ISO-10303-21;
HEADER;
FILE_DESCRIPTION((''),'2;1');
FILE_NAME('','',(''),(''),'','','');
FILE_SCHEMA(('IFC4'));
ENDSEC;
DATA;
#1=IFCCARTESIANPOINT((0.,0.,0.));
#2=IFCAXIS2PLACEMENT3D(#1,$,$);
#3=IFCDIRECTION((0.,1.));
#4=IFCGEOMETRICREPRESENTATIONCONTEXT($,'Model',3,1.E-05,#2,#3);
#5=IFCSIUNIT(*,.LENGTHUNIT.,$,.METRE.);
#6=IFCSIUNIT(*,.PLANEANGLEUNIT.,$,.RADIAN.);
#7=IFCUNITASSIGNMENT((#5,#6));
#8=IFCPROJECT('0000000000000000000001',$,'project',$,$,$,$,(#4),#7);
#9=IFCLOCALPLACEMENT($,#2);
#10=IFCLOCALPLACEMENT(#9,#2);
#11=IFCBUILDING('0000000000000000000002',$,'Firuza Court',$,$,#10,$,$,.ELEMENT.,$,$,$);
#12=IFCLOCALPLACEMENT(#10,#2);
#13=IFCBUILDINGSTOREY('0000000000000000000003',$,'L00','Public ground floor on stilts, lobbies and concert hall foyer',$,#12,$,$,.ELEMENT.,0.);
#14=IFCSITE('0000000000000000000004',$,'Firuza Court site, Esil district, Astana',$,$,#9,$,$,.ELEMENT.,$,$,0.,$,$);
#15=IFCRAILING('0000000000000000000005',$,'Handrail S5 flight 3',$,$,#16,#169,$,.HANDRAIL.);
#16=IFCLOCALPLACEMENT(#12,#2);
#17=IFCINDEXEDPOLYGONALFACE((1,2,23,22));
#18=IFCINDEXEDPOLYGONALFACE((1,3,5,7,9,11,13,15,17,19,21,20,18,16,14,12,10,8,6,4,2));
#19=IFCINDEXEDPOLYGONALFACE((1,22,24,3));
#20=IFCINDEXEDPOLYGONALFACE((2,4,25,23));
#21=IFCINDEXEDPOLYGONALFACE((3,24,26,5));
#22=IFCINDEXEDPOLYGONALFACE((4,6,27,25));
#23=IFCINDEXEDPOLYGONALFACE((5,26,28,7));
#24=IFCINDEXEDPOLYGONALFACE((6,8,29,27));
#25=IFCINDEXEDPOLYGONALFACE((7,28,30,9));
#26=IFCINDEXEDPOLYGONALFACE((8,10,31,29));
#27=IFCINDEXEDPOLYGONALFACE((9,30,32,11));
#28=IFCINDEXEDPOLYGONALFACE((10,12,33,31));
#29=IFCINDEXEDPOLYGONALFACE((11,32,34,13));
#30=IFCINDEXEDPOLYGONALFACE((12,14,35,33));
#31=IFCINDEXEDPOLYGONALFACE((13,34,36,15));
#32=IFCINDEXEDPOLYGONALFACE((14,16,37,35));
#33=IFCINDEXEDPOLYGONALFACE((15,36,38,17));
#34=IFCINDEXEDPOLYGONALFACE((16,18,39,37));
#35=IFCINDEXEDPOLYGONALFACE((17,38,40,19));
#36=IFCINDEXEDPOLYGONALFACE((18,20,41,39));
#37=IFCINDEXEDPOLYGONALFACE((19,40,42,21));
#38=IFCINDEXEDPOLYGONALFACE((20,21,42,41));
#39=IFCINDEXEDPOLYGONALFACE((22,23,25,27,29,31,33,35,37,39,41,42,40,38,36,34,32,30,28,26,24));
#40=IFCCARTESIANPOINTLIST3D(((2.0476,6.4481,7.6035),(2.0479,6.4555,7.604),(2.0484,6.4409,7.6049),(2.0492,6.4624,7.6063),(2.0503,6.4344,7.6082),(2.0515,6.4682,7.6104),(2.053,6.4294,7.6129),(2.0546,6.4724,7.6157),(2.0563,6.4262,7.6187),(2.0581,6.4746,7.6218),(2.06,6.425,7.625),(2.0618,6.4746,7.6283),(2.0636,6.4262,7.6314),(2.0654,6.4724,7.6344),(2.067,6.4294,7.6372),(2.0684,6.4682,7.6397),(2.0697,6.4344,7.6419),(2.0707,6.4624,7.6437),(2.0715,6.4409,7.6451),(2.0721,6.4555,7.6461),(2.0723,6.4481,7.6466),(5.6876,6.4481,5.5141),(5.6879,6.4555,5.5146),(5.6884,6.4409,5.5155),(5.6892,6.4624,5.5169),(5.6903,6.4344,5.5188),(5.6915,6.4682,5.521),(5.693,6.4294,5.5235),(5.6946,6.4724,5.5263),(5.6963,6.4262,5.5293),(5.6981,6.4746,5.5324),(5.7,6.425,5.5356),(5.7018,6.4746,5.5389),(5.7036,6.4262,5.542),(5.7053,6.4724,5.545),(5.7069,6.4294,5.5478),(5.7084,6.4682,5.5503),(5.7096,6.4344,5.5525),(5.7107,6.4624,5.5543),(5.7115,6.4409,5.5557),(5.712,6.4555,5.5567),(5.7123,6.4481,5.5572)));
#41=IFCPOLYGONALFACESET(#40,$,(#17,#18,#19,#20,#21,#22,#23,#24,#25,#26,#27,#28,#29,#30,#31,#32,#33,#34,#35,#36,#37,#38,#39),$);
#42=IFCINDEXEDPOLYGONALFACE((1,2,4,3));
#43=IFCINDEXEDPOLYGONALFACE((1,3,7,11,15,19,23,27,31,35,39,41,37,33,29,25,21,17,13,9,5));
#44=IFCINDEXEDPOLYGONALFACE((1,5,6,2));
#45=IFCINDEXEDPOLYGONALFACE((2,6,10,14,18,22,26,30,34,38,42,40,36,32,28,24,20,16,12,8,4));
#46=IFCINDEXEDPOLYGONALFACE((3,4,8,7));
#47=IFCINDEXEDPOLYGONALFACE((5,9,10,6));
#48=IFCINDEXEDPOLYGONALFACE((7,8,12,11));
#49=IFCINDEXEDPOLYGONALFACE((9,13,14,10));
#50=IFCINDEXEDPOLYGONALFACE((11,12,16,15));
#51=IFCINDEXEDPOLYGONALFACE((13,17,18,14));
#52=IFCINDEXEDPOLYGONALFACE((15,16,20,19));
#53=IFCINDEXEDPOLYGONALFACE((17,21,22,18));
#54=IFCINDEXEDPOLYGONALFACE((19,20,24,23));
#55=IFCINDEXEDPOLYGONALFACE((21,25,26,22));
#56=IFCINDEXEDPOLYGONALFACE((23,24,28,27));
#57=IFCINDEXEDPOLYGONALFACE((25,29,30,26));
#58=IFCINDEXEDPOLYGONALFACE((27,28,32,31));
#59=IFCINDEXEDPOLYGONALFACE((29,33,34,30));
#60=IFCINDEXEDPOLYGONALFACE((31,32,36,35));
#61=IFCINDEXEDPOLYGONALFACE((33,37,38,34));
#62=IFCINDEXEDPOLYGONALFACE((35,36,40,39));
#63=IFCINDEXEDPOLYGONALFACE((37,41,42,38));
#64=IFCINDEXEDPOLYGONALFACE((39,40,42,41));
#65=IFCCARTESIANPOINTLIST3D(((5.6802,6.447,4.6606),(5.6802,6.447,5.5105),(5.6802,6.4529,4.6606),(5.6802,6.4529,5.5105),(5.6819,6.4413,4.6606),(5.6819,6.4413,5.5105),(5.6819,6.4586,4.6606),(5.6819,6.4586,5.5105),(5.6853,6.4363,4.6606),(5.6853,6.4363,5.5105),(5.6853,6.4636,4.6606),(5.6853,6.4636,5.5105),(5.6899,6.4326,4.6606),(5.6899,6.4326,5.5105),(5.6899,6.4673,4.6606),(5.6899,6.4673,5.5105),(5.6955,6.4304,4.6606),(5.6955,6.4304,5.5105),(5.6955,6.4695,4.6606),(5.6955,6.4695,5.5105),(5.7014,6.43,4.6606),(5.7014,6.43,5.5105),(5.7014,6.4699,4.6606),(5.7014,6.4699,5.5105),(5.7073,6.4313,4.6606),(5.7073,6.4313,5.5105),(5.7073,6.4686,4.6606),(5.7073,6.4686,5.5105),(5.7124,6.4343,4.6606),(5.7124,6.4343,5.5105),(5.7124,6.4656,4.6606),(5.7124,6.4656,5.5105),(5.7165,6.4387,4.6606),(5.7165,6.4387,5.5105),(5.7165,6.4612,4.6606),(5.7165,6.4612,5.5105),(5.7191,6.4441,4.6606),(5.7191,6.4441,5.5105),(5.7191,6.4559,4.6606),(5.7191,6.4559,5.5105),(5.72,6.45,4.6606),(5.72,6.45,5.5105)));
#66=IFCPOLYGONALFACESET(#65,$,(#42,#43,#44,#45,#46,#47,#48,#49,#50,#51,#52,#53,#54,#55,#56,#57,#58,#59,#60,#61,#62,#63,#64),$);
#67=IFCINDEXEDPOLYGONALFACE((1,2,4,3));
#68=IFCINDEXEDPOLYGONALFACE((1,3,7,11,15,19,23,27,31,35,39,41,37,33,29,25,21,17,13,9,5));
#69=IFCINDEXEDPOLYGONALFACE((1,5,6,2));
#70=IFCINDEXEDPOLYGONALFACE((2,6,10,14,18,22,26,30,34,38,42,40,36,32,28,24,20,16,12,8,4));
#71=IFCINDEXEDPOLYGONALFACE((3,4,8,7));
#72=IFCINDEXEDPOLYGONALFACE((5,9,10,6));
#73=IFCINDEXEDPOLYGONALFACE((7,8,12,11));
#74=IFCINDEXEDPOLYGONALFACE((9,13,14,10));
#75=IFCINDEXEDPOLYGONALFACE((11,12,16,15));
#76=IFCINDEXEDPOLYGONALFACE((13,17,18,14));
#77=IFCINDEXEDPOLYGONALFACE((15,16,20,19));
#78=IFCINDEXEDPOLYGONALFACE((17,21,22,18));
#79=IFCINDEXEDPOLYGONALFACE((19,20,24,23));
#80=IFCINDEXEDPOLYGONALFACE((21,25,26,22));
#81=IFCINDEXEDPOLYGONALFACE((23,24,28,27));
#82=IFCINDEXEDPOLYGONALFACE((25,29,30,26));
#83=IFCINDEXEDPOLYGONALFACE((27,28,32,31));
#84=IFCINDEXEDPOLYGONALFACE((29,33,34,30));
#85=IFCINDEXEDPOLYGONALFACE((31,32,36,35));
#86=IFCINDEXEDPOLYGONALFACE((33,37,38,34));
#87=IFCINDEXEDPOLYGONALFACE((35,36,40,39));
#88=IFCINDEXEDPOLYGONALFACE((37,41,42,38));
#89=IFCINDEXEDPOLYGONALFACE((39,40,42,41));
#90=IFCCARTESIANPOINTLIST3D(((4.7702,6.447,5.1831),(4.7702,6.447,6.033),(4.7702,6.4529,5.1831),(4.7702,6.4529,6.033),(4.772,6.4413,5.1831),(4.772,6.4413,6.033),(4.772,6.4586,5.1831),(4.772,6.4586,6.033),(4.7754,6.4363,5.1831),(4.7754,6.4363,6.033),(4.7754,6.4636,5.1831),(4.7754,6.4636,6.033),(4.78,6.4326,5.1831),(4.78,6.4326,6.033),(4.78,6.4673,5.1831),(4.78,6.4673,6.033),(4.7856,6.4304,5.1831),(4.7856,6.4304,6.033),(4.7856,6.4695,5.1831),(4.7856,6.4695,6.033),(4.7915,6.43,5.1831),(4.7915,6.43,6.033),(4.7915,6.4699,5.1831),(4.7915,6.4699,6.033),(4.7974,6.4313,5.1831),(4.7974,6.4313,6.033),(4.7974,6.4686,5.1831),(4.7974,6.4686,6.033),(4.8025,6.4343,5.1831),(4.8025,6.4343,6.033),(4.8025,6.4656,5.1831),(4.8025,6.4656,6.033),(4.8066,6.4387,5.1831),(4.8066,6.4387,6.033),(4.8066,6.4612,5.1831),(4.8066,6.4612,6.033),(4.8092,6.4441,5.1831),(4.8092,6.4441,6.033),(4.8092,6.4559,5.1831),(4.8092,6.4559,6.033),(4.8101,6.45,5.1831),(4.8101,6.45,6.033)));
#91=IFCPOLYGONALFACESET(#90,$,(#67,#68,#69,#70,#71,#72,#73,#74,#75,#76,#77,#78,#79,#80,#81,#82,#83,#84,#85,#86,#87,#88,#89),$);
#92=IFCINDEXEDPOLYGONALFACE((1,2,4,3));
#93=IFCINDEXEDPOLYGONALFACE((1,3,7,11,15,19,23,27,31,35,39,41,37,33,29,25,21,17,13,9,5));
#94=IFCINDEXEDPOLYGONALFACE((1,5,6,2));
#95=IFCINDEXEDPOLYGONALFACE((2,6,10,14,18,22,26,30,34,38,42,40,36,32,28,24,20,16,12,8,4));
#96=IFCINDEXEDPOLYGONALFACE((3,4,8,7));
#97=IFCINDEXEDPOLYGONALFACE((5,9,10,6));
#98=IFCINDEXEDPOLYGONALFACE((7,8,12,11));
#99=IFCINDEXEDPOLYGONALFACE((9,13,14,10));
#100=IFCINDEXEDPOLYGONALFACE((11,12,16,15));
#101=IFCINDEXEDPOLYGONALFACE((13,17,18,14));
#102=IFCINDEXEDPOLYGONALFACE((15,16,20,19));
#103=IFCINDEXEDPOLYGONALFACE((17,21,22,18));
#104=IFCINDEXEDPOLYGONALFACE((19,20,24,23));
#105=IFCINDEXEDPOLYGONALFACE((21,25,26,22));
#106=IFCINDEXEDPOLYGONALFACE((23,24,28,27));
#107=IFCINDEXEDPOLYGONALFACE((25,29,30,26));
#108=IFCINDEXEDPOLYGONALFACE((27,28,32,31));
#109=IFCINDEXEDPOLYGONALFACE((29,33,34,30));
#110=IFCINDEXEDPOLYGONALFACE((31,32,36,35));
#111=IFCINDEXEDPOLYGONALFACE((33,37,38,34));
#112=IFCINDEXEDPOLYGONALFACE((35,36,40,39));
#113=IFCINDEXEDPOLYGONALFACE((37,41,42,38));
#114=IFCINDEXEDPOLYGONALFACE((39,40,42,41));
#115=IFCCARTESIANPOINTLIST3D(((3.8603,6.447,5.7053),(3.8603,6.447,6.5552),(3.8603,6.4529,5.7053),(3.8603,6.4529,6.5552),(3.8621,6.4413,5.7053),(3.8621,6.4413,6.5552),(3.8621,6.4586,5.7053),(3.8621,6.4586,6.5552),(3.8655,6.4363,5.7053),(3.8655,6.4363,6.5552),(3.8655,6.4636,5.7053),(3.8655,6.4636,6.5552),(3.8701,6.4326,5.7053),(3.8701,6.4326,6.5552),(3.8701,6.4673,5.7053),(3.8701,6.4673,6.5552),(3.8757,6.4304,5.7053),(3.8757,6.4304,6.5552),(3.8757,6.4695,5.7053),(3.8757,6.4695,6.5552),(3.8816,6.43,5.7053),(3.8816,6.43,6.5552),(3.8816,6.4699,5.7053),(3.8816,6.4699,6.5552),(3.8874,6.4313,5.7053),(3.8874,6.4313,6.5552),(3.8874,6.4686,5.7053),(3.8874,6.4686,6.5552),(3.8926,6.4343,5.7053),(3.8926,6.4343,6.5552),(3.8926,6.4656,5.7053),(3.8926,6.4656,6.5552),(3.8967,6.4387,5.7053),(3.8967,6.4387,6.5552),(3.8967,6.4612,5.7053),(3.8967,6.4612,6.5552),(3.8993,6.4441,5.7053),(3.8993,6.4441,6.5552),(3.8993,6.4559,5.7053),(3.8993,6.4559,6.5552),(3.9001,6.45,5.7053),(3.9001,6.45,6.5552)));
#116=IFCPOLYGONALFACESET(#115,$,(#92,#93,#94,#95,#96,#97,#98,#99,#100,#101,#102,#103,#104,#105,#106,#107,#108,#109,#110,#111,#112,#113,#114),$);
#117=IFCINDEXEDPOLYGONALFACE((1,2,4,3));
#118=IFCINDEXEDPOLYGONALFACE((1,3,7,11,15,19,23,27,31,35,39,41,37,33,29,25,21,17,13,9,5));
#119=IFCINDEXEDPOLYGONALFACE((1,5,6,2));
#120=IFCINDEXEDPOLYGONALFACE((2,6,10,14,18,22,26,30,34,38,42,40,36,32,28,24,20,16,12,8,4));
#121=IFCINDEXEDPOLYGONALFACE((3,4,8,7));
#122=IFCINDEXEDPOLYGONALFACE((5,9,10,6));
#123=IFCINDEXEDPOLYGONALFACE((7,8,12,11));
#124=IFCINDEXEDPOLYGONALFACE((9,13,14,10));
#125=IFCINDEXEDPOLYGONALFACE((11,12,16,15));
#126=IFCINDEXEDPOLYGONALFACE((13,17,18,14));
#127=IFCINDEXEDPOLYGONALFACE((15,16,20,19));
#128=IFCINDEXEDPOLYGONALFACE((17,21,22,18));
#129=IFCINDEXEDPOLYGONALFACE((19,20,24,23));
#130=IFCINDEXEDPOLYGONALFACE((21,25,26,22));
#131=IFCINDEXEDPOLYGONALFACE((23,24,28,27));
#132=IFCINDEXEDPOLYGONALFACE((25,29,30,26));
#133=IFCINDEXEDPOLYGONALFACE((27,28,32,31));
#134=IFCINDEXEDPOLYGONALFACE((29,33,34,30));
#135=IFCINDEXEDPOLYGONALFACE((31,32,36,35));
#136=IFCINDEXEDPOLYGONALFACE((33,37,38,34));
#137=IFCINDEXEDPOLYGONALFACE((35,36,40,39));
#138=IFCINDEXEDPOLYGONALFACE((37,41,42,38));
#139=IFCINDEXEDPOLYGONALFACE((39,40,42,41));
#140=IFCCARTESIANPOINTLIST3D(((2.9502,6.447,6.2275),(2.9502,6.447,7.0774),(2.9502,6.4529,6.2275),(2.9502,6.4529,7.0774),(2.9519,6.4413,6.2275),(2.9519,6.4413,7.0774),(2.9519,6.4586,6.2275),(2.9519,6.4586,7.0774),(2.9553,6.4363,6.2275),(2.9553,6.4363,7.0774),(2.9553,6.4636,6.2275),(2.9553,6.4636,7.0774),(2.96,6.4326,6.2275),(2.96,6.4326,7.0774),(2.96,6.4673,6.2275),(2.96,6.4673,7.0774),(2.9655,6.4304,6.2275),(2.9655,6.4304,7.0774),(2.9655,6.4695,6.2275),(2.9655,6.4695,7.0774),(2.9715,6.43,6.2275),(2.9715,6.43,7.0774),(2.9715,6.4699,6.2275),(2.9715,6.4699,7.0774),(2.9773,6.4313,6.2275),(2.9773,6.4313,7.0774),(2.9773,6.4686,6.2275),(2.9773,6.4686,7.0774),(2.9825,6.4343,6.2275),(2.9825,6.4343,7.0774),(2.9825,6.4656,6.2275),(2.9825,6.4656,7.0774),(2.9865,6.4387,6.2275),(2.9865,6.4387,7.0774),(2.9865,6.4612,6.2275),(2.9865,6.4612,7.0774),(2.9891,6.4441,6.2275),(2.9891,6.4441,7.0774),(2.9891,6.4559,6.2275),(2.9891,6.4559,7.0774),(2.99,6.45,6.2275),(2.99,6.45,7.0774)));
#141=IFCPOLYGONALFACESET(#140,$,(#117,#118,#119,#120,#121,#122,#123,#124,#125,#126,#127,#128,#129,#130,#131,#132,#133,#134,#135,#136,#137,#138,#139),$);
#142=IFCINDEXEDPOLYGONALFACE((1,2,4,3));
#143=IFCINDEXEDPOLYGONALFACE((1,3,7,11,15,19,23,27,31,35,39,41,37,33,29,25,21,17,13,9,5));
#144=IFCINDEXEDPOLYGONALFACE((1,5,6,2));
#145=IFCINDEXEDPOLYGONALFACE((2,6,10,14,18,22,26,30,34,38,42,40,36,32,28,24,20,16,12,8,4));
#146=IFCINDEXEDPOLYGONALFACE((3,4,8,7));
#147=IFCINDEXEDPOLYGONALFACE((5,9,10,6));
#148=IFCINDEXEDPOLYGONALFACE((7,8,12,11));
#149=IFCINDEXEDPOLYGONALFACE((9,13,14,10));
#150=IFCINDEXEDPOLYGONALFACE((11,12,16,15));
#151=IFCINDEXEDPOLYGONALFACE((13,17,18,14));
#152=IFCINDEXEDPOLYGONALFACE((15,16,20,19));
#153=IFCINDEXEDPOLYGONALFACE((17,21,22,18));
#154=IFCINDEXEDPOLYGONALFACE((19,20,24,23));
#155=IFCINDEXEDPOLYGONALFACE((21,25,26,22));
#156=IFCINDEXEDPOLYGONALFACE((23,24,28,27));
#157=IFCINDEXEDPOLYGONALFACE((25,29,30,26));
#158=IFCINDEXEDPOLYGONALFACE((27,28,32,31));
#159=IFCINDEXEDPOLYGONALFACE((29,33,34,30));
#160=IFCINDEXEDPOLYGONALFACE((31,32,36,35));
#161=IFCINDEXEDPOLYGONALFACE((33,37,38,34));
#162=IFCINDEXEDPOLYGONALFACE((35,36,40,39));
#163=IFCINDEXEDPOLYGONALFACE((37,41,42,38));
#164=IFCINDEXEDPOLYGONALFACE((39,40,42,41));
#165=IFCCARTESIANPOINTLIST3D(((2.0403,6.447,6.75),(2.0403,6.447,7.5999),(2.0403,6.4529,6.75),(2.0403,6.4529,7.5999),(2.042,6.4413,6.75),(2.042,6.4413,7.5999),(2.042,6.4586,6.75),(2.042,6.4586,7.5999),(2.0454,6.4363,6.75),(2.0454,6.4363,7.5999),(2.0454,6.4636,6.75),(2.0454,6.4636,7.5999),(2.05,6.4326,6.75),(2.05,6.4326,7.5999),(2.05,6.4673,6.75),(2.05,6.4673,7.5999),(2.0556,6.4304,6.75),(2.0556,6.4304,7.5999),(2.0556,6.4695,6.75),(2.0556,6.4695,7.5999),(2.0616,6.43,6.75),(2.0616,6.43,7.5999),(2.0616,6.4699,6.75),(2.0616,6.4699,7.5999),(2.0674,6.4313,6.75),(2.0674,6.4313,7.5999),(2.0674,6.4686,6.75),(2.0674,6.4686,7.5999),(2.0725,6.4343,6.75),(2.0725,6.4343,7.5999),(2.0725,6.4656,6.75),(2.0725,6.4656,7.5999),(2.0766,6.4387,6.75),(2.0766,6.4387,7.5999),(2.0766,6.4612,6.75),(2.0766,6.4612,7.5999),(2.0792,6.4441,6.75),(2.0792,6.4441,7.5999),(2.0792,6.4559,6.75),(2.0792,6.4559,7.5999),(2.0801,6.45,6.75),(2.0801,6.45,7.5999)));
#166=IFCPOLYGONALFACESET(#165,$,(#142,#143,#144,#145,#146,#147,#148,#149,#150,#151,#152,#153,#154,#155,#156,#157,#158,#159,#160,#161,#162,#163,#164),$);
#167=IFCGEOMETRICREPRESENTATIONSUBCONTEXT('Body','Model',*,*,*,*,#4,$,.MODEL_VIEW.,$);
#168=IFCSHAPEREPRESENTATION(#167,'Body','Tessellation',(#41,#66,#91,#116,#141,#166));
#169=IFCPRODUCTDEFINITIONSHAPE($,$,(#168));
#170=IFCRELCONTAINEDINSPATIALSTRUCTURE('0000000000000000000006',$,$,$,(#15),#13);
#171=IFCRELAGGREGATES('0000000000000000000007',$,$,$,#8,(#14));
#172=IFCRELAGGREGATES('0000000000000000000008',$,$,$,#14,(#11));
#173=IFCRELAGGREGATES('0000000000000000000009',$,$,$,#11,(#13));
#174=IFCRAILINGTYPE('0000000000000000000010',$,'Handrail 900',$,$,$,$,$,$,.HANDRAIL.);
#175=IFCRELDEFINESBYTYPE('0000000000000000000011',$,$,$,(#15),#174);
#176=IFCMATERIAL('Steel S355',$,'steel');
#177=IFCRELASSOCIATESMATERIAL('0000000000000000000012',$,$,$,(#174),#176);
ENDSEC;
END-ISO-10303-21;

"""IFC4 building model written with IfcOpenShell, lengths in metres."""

from ifc_helpers import new_model, si_unit, direction, frame, origin, origin_2d, place, context, subcontext, project, spatial, circle, extrude, material, type_object, element, save


model = new_model("IFC4")

# Units and contexts
model_context = context("Model", 3, precision=1e-05, world=origin(), true_north=direction((0.0, 1.0)))
body_context = subcontext(model_context, "Body", "Model", "MODEL_VIEW")
ifc_project = project(units=[si_unit("LENGTHUNIT", "METRE"), si_unit("PLANEANGLEUNIT", "RADIAN")], contexts=[model_context])

# Site, building, storey
site_placement = place(None, origin())
site = spatial("IfcSite", under=ifc_project, at=site_placement, Name="Firuza Court site, Esil district, Astana", CompositionType="ELEMENT", RefElevation=0.0)
building_placement = place(site_placement, origin())
building = spatial("IfcBuilding", under=site, at=building_placement, Name="Firuza Court", CompositionType="ELEMENT")
storey_placement = place(building_placement, origin())
storey = spatial("IfcBuildingStorey", under=building, at=storey_placement, Name="L00", Description="Public ground floor on stilts, lobbies and concert hall foyer", CompositionType="ELEMENT", Elevation=0.0)

# Railing
ifc_material_1 = material(Name="Steel S355", Category="steel")
railing_type_1 = type_object("IfcRailingType", Name="Handrail 900", PredefinedType="HANDRAIL", material=ifc_material_1)
railing_1_placement = place(storey_placement, frame((5.7, 6.45, 4.6606)))
element("IfcRailing", 1, at=railing_1_placement, inside=storey, type_object=railing_type_1, Name="Handrail S5 flight 3", PredefinedType="HANDRAIL", context=body_context, shape_type="SweptSolid", body=[
    extrude(circle(Radius=0.0249, at=origin_2d()), frame((0.0, 0.0, 0.875), z_axis=(-0.867275, 0.0, 0.497829), x_axis=(0.0, -1.0, 0.0)), (0.0, 0.0, 1.0), 4.197),
    extrude(circle(Radius=0.02, at=origin_2d()), origin(), (0.0, 0.0, 1.0), 0.8499),
    extrude(circle(Radius=0.02, at=origin_2d()), frame((-0.9099, 0.0, 0.5225)), (0.0, 0.0, 1.0), 0.8499),
    extrude(circle(Radius=0.02, at=origin_2d()), frame((-1.8198, 0.0, 1.0447)), (0.0, 0.0, 1.0), 0.8499),
    extrude(circle(Radius=0.02, at=origin_2d()), frame((-2.73, 0.0, 1.5669)), (0.0, 0.0, 1.0), 0.8499),
    extrude(circle(Radius=0.02, at=origin_2d()), frame((-3.6399, 0.0, 2.0894)), (0.0, 0.0, 1.0), 0.8499),
])

save(model, "model.ifc")
